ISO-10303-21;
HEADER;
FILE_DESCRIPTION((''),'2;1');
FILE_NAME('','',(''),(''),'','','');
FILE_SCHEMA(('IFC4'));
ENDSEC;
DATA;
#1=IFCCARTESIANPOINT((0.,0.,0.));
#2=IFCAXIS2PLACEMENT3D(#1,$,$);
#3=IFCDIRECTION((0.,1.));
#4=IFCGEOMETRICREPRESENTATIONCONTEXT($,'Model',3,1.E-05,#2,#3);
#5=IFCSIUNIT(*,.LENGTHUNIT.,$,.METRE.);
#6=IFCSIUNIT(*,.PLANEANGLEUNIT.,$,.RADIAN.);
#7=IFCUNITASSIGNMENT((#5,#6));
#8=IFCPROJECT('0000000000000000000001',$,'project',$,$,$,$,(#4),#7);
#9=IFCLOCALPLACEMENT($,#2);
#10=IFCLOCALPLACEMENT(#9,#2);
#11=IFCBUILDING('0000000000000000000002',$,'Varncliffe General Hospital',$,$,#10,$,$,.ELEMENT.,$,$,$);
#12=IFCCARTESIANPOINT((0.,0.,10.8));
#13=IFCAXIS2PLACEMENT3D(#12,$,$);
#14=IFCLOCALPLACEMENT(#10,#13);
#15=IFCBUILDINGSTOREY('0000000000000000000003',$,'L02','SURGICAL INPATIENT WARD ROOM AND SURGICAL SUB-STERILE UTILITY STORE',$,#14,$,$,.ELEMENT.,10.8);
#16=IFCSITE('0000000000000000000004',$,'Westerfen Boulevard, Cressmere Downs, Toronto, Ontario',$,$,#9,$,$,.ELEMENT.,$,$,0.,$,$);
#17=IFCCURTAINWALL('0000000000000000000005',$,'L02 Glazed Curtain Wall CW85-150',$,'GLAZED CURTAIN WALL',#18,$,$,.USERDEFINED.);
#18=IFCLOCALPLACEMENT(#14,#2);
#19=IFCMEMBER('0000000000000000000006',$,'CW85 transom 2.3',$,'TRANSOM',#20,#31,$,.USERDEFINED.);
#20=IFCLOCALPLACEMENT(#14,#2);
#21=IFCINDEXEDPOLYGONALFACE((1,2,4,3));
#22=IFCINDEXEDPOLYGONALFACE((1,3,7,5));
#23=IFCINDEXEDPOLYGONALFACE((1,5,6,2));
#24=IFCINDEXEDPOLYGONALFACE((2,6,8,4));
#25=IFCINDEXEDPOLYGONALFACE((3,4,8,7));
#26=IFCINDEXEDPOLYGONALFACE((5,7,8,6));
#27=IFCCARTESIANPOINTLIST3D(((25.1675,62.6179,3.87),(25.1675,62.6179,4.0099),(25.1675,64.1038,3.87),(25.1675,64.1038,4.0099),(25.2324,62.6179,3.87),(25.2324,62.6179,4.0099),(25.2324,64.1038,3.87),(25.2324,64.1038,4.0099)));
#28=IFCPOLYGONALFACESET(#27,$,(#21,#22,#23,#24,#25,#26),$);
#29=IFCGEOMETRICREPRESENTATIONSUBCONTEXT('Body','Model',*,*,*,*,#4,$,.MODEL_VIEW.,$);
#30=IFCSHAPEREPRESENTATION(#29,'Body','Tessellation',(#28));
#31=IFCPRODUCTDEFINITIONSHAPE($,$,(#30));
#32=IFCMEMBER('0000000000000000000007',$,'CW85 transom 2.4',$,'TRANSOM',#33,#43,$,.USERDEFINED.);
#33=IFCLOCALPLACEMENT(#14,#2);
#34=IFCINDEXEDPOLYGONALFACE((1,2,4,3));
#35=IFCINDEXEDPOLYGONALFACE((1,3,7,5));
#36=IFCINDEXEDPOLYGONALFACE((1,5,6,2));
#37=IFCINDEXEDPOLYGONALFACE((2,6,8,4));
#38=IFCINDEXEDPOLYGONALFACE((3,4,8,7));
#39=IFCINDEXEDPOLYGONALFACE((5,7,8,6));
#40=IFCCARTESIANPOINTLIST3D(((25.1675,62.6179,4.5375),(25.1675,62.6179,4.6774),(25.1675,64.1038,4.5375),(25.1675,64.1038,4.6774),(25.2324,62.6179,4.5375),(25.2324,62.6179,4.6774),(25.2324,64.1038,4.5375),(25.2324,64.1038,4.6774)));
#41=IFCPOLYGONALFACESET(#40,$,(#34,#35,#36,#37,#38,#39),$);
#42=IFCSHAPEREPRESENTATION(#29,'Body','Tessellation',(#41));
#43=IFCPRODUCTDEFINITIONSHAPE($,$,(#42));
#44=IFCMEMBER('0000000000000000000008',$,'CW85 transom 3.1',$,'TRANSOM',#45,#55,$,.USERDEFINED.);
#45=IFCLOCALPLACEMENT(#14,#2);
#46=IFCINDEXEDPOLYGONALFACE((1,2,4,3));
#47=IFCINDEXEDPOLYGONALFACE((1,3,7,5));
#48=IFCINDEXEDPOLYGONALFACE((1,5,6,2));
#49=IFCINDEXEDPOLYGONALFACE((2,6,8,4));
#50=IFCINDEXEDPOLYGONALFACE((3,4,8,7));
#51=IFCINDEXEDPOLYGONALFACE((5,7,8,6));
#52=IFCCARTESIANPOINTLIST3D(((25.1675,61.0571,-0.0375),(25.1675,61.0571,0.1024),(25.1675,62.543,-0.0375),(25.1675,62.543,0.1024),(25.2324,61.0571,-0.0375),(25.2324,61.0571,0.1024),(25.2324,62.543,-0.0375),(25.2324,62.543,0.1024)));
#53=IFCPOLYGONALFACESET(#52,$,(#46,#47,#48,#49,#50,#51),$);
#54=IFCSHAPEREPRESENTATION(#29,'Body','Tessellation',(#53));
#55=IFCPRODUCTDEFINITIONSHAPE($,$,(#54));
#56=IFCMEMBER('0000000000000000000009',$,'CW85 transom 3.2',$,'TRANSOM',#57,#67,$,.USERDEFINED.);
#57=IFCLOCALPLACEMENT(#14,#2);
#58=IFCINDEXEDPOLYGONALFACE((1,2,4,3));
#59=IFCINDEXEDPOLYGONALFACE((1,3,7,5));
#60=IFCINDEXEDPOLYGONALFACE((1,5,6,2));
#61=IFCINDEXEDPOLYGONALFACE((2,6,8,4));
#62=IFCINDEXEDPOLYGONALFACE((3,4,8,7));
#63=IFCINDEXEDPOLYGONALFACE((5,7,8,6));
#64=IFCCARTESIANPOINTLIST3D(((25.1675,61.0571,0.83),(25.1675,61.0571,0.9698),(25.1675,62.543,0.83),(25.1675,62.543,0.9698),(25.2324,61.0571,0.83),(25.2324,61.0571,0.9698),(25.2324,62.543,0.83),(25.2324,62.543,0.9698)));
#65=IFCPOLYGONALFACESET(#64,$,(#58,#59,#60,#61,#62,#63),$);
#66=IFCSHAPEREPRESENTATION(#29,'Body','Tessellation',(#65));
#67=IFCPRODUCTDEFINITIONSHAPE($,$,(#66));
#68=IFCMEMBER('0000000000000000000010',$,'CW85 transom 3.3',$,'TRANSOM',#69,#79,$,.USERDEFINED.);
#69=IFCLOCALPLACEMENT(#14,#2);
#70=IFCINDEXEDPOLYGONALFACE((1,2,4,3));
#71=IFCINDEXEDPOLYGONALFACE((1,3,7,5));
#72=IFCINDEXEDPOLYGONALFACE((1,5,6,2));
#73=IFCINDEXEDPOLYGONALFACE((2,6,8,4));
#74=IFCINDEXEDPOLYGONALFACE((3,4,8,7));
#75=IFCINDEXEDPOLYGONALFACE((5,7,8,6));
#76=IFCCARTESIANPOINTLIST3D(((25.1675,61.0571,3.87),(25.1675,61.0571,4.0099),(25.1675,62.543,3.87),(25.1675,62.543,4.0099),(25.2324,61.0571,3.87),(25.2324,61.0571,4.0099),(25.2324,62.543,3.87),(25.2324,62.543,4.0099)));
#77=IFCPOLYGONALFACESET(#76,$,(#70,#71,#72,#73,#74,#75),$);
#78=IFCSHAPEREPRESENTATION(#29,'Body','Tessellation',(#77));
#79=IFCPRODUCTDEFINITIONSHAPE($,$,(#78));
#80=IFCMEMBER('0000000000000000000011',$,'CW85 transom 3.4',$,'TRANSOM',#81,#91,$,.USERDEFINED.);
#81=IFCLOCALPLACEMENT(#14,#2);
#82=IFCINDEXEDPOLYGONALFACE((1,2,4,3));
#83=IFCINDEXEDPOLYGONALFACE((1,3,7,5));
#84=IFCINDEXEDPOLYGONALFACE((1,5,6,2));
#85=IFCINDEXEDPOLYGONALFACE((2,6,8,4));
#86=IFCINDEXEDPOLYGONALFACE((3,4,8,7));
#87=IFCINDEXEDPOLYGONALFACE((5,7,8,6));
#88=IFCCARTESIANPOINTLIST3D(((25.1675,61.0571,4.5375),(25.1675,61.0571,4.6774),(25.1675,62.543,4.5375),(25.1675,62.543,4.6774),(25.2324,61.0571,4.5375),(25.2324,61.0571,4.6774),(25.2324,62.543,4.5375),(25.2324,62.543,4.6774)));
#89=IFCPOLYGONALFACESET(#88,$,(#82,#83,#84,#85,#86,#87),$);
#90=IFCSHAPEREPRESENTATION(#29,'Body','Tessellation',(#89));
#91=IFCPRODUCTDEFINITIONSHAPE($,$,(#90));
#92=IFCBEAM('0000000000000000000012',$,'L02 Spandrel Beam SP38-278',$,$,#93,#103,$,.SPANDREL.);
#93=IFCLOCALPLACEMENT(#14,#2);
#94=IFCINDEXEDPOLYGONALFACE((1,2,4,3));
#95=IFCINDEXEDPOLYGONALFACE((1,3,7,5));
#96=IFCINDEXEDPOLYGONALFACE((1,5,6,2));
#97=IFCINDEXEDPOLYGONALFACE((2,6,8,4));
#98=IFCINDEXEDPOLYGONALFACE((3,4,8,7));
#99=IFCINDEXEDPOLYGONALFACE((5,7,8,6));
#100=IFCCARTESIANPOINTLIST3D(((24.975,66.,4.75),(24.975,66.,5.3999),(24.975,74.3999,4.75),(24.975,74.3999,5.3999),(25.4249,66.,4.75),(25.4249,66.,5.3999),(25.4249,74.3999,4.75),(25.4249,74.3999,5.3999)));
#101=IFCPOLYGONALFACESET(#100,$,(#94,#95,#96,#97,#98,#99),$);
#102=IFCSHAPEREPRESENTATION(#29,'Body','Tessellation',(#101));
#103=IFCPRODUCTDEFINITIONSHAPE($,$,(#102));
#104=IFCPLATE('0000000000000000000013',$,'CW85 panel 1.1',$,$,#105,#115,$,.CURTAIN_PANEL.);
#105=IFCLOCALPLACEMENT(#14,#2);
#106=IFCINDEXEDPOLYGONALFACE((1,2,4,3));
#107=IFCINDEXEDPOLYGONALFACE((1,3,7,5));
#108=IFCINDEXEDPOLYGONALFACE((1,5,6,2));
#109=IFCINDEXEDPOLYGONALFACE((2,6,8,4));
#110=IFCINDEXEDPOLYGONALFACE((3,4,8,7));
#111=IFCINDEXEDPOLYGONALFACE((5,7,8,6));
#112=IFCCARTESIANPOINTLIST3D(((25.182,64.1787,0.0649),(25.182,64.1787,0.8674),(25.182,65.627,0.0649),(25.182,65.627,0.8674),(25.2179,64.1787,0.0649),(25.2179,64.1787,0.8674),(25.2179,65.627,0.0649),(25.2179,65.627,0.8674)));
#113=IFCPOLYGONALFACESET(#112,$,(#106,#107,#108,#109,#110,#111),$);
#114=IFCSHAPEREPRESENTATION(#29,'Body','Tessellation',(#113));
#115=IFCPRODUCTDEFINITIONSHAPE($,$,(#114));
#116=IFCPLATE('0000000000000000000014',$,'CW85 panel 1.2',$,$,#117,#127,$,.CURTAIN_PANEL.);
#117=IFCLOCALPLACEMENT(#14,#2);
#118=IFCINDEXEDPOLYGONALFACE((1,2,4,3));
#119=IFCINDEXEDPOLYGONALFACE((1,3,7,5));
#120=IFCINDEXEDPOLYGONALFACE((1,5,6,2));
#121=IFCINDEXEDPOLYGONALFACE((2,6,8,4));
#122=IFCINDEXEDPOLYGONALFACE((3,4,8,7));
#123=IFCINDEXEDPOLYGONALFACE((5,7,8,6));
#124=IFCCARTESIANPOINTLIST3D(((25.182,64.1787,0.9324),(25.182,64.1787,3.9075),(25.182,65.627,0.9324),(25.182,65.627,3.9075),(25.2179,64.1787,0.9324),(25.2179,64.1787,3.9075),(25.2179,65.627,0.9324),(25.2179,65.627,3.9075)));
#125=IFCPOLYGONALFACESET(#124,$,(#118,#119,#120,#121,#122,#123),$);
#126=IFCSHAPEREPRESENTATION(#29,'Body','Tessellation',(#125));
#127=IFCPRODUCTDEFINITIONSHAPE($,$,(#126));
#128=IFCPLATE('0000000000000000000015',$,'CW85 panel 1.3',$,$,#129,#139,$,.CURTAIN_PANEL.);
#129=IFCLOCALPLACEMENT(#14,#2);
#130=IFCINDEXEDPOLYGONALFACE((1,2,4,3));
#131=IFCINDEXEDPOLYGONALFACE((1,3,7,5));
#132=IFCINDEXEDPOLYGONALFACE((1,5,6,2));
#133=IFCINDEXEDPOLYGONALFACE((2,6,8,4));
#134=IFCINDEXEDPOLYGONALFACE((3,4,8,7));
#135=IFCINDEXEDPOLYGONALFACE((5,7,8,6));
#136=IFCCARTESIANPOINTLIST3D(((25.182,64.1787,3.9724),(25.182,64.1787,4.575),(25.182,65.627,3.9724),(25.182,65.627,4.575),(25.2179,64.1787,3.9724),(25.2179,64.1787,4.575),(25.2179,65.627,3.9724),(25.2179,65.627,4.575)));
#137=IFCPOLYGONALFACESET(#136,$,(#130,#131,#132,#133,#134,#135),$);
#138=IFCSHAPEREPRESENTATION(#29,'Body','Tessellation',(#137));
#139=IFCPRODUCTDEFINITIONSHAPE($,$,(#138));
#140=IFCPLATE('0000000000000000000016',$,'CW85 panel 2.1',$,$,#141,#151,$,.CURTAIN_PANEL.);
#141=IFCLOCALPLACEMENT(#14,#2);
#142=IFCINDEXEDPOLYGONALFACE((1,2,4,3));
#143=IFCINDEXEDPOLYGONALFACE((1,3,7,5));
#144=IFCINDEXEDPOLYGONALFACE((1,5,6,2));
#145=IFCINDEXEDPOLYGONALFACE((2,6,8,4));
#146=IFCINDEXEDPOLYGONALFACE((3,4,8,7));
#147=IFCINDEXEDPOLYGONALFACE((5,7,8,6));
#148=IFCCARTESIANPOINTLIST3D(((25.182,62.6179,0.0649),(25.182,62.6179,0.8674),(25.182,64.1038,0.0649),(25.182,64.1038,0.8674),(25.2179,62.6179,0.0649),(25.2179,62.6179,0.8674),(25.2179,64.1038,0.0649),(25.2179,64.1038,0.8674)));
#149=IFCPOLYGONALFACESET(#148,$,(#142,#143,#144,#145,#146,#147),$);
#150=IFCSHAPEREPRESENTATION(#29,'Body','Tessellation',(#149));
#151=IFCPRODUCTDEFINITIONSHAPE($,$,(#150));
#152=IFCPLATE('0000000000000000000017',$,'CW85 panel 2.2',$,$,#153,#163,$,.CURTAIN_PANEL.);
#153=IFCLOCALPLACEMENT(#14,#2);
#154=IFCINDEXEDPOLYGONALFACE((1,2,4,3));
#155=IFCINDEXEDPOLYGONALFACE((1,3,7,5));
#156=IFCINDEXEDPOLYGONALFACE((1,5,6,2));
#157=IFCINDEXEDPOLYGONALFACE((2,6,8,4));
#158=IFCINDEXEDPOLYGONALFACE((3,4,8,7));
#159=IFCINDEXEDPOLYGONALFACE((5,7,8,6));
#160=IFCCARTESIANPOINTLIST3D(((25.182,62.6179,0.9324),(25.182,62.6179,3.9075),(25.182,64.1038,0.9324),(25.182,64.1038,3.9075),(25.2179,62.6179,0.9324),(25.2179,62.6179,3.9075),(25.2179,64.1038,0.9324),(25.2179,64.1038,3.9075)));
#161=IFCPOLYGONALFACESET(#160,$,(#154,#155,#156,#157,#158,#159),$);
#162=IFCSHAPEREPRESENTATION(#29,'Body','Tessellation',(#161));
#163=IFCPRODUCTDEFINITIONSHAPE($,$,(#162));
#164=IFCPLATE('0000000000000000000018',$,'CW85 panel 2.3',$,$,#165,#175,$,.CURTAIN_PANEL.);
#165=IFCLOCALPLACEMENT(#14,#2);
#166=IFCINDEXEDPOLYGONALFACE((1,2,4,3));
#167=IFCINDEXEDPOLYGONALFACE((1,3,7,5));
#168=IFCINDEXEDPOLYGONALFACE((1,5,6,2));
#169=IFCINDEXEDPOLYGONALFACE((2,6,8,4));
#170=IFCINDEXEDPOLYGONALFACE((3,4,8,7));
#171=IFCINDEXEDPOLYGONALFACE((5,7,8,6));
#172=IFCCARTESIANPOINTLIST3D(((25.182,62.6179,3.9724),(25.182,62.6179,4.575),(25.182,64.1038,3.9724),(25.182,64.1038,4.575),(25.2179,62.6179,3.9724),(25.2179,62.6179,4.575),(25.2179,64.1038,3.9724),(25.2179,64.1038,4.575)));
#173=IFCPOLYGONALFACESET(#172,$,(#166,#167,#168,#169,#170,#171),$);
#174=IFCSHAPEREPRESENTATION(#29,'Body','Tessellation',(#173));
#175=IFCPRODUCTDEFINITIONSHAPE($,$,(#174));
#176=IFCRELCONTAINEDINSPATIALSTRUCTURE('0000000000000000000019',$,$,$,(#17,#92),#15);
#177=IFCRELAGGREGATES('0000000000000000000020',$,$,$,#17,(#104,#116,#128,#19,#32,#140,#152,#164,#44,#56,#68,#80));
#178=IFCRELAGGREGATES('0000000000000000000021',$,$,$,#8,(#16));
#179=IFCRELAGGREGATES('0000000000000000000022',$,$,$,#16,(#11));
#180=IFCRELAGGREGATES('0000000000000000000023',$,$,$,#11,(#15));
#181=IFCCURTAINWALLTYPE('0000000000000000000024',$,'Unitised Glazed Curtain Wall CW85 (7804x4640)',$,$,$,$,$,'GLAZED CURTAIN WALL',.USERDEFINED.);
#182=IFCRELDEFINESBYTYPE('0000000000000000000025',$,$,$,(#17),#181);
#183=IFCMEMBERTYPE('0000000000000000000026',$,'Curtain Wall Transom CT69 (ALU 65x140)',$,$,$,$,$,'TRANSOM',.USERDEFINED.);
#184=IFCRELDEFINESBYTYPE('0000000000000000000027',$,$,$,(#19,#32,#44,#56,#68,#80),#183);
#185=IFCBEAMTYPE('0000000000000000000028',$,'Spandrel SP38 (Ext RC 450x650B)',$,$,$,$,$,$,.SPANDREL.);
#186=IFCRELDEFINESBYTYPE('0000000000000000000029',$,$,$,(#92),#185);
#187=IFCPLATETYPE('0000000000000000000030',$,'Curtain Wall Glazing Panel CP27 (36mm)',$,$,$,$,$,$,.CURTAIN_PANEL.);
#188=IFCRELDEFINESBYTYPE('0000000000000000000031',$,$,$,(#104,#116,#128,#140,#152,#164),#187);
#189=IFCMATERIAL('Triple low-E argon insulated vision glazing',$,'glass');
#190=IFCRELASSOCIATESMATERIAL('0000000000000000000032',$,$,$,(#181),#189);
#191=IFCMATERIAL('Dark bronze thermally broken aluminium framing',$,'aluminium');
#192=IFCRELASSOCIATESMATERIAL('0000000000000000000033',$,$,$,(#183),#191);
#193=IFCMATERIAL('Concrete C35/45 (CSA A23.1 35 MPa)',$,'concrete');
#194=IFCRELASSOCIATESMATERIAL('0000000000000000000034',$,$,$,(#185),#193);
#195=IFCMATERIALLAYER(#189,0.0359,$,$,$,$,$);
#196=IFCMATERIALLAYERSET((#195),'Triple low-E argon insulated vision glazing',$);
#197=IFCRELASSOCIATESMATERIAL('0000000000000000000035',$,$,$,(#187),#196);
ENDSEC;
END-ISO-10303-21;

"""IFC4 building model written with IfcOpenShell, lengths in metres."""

from ifc_helpers import new_model, si_unit, direction, frame, origin, origin_2d, place, context, subcontext, project, spatial, rectangle, extrude, material, layer, layer_set, material_profile, profile_set, type_object, element, aggregate, save


model = new_model("IFC4")

# Units and contexts
model_context = context("Model", 3, precision=1e-05, world=origin(), true_north=direction((0.0, 1.0)))
body_context = subcontext(model_context, "Body", "Model", "MODEL_VIEW")
ifc_project = project(units=[si_unit("LENGTHUNIT", "METRE"), si_unit("PLANEANGLEUNIT", "RADIAN")], contexts=[model_context])

# Site, building, storey
site_placement = place(None, origin())
site = spatial("IfcSite", under=ifc_project, at=site_placement, Name="Westerfen Boulevard, Cressmere Downs, Toronto, Ontario", CompositionType="ELEMENT", RefElevation=0.0)
building_placement = place(site_placement, origin())
building = spatial("IfcBuilding", under=site, at=building_placement, Name="Varncliffe General Hospital", CompositionType="ELEMENT")
storey_placement = place(building_placement, frame((0.0, 0.0, 10.8)))
storey = spatial("IfcBuildingStorey", under=building, at=storey_placement, Name="L02", Description="SURGICAL INPATIENT WARD ROOM AND SURGICAL SUB-STERILE UTILITY STORE", CompositionType="ELEMENT", Elevation=10.8)

# Shared definitions
ifc_material_1 = material(Name="Concrete C35/45 (CSA A23.1 35 MPa)", Category="concrete")

# Curtain wall, members
ifc_material_2 = material(Name="Triple low-E argon insulated vision glazing", Category="glass")
curtain_wall_type = type_object("IfcCurtainWallType", Name="Unitised Glazed Curtain Wall CW85 (7804x4640)", ElementType="GLAZED CURTAIN WALL", PredefinedType="USERDEFINED", material=ifc_material_2)
curtain_wall_placement = place(storey_placement, origin())
curtain_wall = element("IfcCurtainWall", 1, at=curtain_wall_placement, inside=storey, type_object=curtain_wall_type, Name="L02 Glazed Curtain Wall CW85-150", ObjectType="GLAZED CURTAIN WALL", PredefinedType="USERDEFINED")
ifc_material_3 = material(Name="Dark bronze thermally broken aluminium framing", Category="aluminium")
ifc_material_profile_1 = material_profile(ifc_material_3, rectangle(XDim=0.0649, YDim=0.1399, at=origin_2d()), Name="ALU 65x140")
ifc_profile_set_1 = profile_set([ifc_material_profile_1], Name="Dark bronze thermally broken aluminium framing")
member_type_1 = type_object("IfcMemberType", Name="Curtain Wall Transom CT69 (ALU 65x140)", ElementType="TRANSOM", PredefinedType="USERDEFINED", material=ifc_profile_set_1)
member_1_placement = place(storey_placement, frame((25.2, 64.1038, 3.9399), z_axis=(0.0, -1.0, 0.0), x_axis=(1.0, 0.0, 0.0)))
member_1 = element("IfcMember", 2, at=member_1_placement, type_object=member_type_1, Name="CW85 transom 2.3", ObjectType="TRANSOM", PredefinedType="USERDEFINED", context=body_context, shape_type="SweptSolid", body=[
    extrude(rectangle(XDim=0.0649, YDim=0.1399, at=origin_2d()), origin(), (0.0, 0.0, 1.0), 1.4858),
])
member_2_placement = place(storey_placement, frame((25.2, 64.1038, 4.6074), z_axis=(0.0, -1.0, 0.0), x_axis=(1.0, 0.0, 0.0)))
member_2 = element("IfcMember", 3, at=member_2_placement, type_object=member_type_1, Name="CW85 transom 2.4", ObjectType="TRANSOM", PredefinedType="USERDEFINED", context=body_context, shape_type="SweptSolid", body=[
    extrude(rectangle(XDim=0.0649, YDim=0.1399, at=origin_2d()), origin(), (0.0, 0.0, 1.0), 1.4858),
])
member_3_placement = place(storey_placement, frame((25.2, 62.543, 0.0325), z_axis=(0.0, -1.0, 0.0), x_axis=(1.0, 0.0, 0.0)))
member_3 = element("IfcMember", 4, at=member_3_placement, type_object=member_type_1, Name="CW85 transom 3.1", ObjectType="TRANSOM", PredefinedType="USERDEFINED", context=body_context, shape_type="SweptSolid", body=[
    extrude(rectangle(XDim=0.0649, YDim=0.1399, at=origin_2d()), origin(), (0.0, 0.0, 1.0), 1.4858),
])
member_4_placement = place(storey_placement, frame((25.2, 62.543, 0.8999), z_axis=(0.0, -1.0, 0.0), x_axis=(1.0, 0.0, 0.0)))
member_4 = element("IfcMember", 5, at=member_4_placement, type_object=member_type_1, Name="CW85 transom 3.2", ObjectType="TRANSOM", PredefinedType="USERDEFINED", context=body_context, shape_type="SweptSolid", body=[
    extrude(rectangle(XDim=0.0649, YDim=0.1399, at=origin_2d()), origin(), (0.0, 0.0, 1.0), 1.4858),
])
member_5_placement = place(storey_placement, frame((25.2, 62.543, 3.9399), z_axis=(0.0, -1.0, 0.0), x_axis=(1.0, 0.0, 0.0)))
member_5 = element("IfcMember", 6, at=member_5_placement, type_object=member_type_1, Name="CW85 transom 3.3", ObjectType="TRANSOM", PredefinedType="USERDEFINED", context=body_context, shape_type="SweptSolid", body=[
    extrude(rectangle(XDim=0.0649, YDim=0.1399, at=origin_2d()), origin(), (0.0, 0.0, 1.0), 1.4858),
])
member_6_placement = place(storey_placement, frame((25.2, 62.543, 4.6074), z_axis=(0.0, -1.0, 0.0), x_axis=(1.0, 0.0, 0.0)))
member_6 = element("IfcMember", 7, at=member_6_placement, type_object=member_type_1, Name="CW85 transom 3.4", ObjectType="TRANSOM", PredefinedType="USERDEFINED", context=body_context, shape_type="SweptSolid", body=[
    extrude(rectangle(XDim=0.0649, YDim=0.1399, at=origin_2d()), origin(), (0.0, 0.0, 1.0), 1.4858),
])

# Beam
ifc_material_profile_2 = material_profile(ifc_material_1, rectangle(XDim=0.45, YDim=0.6499, at=origin_2d()), Name="RC 450x650")
ifc_profile_set_2 = profile_set([ifc_material_profile_2], Name="Concrete C35/45 (CSA A23.1 35 MPa)")
beam_type_1 = type_object("IfcBeamType", Name="Spandrel SP38 (Ext RC 450x650B)", PredefinedType="SPANDREL", material=ifc_profile_set_2)
beam_1_placement = place(storey_placement, frame((25.2, 66.0, 5.075), z_axis=(0.0, 1.0, 0.0), x_axis=(-1.0, 0.0, 0.0)))
element("IfcBeam", 8, at=beam_1_placement, inside=storey, type_object=beam_type_1, Name="L02 Spandrel Beam SP38-278", PredefinedType="SPANDREL", context=body_context, shape_type="SweptSolid", body=[
    extrude(rectangle(XDim=0.45, YDim=0.6499, at=origin_2d()), origin(), (0.0, 0.0, 1.0), 8.3999),
])

# Plates
ifc_layer = layer(ifc_material_2, 0.0359)
ifc_layer_set = layer_set([ifc_layer], Name="Triple low-E argon insulated vision glazing")
plate_type = type_object("IfcPlateType", Name="Curtain Wall Glazing Panel CP27 (36mm)", PredefinedType="CURTAIN_PANEL", material=ifc_layer_set)
plate_1_placement = place(storey_placement, frame((25.2, 64.9028, 0.0649), z_axis=(0.0, 0.0, 1.0), x_axis=(0.0, -1.0, 0.0)))
plate_1 = element("IfcPlate", 9, at=plate_1_placement, type_object=plate_type, Name="CW85 panel 1.1", PredefinedType="CURTAIN_PANEL", context=body_context, shape_type="SweptSolid", body=[
    extrude(rectangle(XDim=1.4482, YDim=0.0359, at=origin_2d()), origin(), (0.0, 0.0, 1.0), 0.8025),
])
plate_2_placement = place(storey_placement, frame((25.2, 64.9028, 0.9324), z_axis=(0.0, 0.0, 1.0), x_axis=(0.0, -1.0, 0.0)))
plate_2 = element("IfcPlate", 10, at=plate_2_placement, type_object=plate_type, Name="CW85 panel 1.2", PredefinedType="CURTAIN_PANEL", context=body_context, shape_type="SweptSolid", body=[
    extrude(rectangle(XDim=1.4482, YDim=0.0359, at=origin_2d()), origin(), (0.0, 0.0, 1.0), 2.9751),
])
plate_3_placement = place(storey_placement, frame((25.2, 64.9028, 3.9724), z_axis=(0.0, 0.0, 1.0), x_axis=(0.0, -1.0, 0.0)))
plate_3 = element("IfcPlate", 11, at=plate_3_placement, type_object=plate_type, Name="CW85 panel 1.3", PredefinedType="CURTAIN_PANEL", context=body_context, shape_type="SweptSolid", body=[
    extrude(rectangle(XDim=1.4482, YDim=0.0359, at=origin_2d()), origin(), (0.0, 0.0, 1.0), 0.6025),
])
plate_4_placement = place(storey_placement, frame((25.2, 63.3608, 0.0649), z_axis=(0.0, 0.0, 1.0), x_axis=(0.0, -1.0, 0.0)))
plate_4 = element("IfcPlate", 12, at=plate_4_placement, type_object=plate_type, Name="CW85 panel 2.1", PredefinedType="CURTAIN_PANEL", context=body_context, shape_type="SweptSolid", body=[
    extrude(rectangle(XDim=1.4858, YDim=0.0359, at=origin_2d()), origin(), (0.0, 0.0, 1.0), 0.8025),
])
plate_5_placement = place(storey_placement, frame((25.2, 63.3608, 0.9324), z_axis=(0.0, 0.0, 1.0), x_axis=(0.0, -1.0, 0.0)))
plate_5 = element("IfcPlate", 13, at=plate_5_placement, type_object=plate_type, Name="CW85 panel 2.2", PredefinedType="CURTAIN_PANEL", context=body_context, shape_type="SweptSolid", body=[
    extrude(rectangle(XDim=1.4858, YDim=0.0359, at=origin_2d()), origin(), (0.0, 0.0, 1.0), 2.9751),
])
plate_6_placement = place(storey_placement, frame((25.2, 63.3608, 3.9724), z_axis=(0.0, 0.0, 1.0), x_axis=(0.0, -1.0, 0.0)))
plate_6 = element("IfcPlate", 14, at=plate_6_placement, type_object=plate_type, Name="CW85 panel 2.3", PredefinedType="CURTAIN_PANEL", context=body_context, shape_type="SweptSolid", body=[
    extrude(rectangle(XDim=1.4858, YDim=0.0359, at=origin_2d()), origin(), (0.0, 0.0, 1.0), 0.6025),
])
aggregate(curtain_wall, [plate_1, plate_2, plate_3, member_1, member_2, plate_4, plate_5, plate_6, member_3, member_4, member_5, member_6])

save(model, "model.ifc")
